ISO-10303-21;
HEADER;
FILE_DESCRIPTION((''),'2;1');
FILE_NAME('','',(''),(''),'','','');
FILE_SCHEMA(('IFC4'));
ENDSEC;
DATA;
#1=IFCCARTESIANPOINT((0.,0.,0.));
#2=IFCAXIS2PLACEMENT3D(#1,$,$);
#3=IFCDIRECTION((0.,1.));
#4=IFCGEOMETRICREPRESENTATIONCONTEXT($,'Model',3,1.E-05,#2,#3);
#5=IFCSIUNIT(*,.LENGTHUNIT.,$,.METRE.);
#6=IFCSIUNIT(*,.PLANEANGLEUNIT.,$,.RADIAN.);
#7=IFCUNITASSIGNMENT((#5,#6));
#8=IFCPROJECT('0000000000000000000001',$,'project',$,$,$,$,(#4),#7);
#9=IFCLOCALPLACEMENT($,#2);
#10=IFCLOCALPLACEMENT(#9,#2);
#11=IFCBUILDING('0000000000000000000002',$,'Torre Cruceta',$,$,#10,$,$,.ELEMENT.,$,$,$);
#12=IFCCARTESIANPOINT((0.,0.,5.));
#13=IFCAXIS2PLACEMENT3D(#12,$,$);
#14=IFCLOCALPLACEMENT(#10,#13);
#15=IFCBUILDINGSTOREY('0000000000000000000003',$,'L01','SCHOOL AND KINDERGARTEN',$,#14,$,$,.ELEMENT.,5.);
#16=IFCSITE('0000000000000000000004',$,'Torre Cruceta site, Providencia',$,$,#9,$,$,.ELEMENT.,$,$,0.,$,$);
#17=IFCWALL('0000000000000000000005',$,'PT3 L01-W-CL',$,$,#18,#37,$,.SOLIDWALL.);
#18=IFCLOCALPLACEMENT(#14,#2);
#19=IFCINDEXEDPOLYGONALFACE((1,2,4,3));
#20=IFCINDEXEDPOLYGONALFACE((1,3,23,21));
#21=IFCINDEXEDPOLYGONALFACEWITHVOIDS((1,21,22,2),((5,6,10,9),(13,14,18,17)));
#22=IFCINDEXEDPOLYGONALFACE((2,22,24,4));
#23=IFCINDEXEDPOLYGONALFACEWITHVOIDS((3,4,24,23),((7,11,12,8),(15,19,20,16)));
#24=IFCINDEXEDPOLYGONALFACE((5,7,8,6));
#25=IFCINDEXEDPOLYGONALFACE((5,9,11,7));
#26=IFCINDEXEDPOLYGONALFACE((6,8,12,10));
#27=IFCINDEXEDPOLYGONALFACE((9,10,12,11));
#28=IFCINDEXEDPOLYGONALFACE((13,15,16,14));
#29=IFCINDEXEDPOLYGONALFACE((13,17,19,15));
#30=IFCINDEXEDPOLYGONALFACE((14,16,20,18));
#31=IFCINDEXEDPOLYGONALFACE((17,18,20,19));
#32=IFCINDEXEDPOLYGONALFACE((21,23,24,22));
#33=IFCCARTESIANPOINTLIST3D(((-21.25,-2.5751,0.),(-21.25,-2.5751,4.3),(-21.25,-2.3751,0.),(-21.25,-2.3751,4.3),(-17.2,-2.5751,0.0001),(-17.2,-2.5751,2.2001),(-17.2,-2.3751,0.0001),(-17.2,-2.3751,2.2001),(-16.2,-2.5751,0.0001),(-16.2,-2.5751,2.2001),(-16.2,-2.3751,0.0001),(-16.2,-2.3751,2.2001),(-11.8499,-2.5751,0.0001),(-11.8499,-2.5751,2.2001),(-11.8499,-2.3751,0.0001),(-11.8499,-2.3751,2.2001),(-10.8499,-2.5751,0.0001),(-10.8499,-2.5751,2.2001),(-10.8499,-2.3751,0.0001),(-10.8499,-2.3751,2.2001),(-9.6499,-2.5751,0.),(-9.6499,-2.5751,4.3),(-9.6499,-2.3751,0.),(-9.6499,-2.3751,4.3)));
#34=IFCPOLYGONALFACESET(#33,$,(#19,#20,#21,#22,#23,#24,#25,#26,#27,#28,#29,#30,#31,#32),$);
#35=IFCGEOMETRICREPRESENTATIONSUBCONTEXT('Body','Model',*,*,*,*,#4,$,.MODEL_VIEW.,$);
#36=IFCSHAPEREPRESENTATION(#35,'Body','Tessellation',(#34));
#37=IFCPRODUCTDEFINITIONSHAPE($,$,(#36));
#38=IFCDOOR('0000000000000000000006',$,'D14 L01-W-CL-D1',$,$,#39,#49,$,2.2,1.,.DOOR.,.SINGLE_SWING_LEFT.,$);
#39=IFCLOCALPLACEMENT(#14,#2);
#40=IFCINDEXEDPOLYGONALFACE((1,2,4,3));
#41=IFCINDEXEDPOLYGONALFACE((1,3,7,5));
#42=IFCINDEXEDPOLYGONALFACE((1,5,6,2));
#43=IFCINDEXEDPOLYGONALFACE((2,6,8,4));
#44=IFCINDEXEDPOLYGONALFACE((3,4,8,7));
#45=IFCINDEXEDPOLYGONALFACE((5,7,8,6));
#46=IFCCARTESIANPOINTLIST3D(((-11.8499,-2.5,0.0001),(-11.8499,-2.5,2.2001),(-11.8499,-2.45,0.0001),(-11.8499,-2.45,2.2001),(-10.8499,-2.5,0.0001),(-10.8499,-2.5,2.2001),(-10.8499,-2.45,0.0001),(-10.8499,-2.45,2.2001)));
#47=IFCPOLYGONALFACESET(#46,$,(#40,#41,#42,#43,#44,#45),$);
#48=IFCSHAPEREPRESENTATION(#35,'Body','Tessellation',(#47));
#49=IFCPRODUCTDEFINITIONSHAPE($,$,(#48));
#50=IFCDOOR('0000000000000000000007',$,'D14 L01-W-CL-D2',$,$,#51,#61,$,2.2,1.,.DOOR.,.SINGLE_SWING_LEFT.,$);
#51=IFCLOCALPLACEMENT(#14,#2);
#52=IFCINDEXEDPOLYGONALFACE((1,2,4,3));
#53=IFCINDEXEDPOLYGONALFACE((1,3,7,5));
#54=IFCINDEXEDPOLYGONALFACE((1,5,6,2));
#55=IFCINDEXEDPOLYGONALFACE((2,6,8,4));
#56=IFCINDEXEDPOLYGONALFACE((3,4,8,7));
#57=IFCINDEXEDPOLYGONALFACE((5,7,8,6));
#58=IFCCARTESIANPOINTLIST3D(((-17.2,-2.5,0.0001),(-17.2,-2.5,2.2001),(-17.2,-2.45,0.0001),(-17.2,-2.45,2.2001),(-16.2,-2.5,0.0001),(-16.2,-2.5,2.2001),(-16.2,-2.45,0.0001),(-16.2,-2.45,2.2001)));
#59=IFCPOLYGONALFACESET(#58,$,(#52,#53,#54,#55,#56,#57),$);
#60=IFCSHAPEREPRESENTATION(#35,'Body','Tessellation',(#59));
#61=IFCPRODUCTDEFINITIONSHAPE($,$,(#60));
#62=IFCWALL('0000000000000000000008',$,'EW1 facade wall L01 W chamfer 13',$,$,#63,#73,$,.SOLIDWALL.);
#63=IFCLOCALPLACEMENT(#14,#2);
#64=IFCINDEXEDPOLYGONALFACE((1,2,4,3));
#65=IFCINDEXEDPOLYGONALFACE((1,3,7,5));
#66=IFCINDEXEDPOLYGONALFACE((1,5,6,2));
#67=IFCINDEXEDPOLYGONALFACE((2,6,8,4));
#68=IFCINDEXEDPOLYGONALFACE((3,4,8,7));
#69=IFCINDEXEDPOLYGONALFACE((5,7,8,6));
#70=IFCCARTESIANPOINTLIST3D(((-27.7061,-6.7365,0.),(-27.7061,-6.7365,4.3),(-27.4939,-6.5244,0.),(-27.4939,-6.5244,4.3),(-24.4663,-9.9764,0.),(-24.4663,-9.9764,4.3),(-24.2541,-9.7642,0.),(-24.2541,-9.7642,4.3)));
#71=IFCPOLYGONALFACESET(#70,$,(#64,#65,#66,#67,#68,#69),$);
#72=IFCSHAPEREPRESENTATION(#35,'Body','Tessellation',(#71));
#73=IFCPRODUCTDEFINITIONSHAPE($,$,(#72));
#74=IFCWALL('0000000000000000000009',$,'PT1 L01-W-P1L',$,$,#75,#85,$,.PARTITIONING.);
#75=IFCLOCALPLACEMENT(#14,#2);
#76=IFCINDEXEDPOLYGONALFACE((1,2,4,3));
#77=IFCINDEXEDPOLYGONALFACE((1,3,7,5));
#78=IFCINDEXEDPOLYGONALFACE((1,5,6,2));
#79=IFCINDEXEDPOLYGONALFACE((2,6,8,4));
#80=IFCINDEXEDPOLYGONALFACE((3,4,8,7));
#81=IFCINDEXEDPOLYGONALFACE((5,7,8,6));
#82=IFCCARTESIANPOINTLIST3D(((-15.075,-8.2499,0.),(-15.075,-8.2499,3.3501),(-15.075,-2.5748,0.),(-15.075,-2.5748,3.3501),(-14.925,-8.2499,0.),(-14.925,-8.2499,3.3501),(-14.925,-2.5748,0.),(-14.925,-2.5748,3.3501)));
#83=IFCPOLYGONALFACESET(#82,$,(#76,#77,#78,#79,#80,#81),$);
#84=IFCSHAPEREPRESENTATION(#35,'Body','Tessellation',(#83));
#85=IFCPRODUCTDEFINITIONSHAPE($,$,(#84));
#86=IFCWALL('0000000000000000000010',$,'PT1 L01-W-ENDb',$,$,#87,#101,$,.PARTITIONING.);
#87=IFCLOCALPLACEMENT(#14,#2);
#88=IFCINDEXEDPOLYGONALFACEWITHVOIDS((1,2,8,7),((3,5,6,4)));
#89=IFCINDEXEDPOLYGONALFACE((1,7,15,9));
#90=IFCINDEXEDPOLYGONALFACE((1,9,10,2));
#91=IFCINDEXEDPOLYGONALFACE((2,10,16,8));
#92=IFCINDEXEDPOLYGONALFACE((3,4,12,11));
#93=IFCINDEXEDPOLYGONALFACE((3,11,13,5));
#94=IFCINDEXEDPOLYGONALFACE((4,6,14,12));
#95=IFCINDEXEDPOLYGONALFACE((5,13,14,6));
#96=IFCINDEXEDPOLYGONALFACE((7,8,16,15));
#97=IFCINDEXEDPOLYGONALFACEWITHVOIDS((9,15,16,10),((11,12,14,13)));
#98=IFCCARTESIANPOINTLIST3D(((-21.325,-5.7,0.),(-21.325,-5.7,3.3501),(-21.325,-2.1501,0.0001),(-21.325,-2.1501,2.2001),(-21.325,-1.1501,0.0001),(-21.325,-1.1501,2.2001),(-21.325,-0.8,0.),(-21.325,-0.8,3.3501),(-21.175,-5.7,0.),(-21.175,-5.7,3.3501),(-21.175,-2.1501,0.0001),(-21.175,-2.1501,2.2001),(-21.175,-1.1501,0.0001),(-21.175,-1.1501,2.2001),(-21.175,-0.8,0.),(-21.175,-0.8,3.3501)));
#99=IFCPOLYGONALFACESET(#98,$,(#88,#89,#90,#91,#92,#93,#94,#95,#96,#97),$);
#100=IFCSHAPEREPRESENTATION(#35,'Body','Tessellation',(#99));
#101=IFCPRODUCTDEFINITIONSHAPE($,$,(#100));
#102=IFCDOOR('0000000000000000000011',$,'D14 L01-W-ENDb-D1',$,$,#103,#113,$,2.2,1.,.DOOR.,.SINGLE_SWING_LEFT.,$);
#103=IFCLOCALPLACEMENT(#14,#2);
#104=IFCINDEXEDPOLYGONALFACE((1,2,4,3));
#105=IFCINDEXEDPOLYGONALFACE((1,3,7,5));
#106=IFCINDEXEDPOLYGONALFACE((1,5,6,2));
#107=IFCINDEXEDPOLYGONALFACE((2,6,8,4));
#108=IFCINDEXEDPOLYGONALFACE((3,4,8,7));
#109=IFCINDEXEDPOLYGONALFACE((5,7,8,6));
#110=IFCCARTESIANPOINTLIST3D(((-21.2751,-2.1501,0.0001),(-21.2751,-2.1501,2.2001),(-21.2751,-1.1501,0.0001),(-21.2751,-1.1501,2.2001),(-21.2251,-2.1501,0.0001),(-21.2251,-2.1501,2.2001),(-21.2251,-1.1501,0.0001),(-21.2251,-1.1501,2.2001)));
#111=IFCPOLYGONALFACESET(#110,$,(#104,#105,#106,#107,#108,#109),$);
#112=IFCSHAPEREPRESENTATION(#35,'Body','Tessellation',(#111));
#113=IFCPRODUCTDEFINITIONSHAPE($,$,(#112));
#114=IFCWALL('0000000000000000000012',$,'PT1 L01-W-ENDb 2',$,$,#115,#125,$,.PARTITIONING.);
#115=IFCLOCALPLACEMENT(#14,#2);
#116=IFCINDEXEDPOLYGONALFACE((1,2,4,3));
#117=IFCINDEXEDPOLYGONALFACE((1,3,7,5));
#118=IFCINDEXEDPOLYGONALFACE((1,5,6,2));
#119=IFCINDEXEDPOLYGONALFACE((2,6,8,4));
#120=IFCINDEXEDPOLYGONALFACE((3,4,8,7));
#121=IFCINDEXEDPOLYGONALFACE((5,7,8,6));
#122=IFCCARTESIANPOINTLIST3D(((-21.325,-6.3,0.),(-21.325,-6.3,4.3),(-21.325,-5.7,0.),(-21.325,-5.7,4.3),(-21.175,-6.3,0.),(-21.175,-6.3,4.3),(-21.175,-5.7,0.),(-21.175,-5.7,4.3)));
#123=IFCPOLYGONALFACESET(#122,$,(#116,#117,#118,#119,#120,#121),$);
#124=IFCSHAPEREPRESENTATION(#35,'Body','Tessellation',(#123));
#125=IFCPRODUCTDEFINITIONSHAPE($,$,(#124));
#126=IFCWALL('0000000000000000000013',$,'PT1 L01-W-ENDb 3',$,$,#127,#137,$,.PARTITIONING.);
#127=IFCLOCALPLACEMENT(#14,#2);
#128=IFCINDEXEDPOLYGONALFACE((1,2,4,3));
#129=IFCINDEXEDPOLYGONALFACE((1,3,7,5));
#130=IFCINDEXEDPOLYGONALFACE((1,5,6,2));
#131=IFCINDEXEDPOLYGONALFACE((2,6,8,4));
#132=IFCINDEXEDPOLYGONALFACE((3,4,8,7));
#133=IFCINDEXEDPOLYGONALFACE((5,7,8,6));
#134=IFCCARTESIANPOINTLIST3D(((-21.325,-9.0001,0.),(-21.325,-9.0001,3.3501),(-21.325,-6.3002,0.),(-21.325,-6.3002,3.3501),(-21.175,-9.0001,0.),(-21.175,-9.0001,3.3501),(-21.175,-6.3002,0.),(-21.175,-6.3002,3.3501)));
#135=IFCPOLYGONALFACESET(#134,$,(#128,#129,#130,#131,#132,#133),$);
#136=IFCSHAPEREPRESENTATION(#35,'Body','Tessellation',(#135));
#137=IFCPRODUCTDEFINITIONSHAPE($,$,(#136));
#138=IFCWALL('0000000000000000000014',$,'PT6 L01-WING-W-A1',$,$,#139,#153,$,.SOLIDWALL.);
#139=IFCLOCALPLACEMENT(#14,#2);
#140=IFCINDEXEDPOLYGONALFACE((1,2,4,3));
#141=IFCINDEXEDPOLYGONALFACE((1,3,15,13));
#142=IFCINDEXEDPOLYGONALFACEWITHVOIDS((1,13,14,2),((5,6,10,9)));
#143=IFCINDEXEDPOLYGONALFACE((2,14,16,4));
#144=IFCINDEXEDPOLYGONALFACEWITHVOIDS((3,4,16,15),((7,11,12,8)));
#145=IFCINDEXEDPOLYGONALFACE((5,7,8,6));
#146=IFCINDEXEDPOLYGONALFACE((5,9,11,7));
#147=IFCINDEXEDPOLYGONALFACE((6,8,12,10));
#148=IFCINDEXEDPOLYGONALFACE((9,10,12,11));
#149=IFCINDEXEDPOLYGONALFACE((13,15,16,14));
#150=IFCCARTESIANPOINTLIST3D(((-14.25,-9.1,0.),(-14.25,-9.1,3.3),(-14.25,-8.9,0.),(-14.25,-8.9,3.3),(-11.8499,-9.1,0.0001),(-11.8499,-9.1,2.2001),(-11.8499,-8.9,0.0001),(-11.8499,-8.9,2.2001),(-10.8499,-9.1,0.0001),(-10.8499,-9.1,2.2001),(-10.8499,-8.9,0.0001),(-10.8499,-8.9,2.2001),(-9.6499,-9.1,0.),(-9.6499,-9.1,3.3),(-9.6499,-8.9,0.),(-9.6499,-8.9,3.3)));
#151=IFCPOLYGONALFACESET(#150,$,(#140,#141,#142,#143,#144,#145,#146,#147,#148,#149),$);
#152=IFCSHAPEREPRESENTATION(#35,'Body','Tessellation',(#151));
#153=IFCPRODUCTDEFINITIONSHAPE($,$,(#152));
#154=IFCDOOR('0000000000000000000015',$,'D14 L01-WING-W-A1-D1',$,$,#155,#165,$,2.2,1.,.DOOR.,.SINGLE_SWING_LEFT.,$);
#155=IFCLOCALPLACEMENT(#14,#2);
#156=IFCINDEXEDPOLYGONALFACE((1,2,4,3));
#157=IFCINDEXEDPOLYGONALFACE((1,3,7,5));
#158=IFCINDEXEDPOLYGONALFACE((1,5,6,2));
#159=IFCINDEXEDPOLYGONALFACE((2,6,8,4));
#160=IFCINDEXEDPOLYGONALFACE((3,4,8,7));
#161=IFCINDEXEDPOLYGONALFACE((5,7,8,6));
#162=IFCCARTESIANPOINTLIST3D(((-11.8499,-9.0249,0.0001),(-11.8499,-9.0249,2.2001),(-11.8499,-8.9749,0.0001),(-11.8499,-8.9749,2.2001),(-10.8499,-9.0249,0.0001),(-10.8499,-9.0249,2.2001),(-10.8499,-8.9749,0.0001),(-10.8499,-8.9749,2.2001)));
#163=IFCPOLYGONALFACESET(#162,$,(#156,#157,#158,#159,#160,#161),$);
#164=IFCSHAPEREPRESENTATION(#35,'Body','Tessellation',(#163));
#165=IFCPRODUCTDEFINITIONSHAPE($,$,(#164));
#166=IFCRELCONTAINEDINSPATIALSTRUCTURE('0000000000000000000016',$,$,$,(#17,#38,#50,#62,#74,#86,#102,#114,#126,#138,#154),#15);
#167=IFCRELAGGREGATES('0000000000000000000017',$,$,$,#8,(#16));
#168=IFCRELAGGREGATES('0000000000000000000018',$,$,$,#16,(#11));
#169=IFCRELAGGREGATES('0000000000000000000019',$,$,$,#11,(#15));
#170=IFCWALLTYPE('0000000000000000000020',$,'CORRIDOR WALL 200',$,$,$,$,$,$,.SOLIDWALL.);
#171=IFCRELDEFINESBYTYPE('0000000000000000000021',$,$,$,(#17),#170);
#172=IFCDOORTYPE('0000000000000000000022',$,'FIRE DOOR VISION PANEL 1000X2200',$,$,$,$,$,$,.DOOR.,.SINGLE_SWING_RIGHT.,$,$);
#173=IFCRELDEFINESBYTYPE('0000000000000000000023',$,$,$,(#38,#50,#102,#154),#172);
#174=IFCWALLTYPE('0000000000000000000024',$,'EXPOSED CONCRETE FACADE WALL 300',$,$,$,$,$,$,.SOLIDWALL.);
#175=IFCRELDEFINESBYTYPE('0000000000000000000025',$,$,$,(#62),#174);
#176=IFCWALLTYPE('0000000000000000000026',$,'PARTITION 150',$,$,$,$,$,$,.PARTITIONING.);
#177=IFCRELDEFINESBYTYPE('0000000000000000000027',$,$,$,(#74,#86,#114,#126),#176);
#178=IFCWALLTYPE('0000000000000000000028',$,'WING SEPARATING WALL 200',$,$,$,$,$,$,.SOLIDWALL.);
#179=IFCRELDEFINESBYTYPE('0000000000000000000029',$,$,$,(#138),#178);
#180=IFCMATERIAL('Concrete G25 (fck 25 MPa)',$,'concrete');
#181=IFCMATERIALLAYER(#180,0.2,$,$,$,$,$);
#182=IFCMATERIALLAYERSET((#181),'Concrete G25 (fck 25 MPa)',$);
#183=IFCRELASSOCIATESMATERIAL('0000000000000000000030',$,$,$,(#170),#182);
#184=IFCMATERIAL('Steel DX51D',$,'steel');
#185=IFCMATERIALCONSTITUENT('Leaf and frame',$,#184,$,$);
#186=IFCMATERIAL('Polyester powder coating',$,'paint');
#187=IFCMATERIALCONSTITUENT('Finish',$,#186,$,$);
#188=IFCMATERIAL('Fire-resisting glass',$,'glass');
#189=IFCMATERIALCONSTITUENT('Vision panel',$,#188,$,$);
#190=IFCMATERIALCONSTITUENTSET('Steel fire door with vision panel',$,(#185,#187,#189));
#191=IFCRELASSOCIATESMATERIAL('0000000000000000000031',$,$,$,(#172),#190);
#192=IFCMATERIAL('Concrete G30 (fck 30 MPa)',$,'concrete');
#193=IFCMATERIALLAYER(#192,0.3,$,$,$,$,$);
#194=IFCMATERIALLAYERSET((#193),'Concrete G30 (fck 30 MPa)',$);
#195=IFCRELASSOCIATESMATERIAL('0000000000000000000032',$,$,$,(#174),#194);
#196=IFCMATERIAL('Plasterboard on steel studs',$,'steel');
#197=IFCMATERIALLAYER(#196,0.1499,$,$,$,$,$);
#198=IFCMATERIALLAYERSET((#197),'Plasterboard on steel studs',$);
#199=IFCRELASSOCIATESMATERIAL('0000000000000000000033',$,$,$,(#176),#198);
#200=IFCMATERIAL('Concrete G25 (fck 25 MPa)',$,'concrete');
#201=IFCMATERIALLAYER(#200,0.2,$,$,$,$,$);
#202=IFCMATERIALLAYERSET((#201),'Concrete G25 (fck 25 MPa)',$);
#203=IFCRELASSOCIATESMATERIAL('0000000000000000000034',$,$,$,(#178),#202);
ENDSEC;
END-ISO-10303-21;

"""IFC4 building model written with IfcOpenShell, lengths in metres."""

from ifc_helpers import new_model, si_unit, direction, frame, frame_2d, origin, place, context, subcontext, project, spatial, rectangle, extrude, material, layer, layer_set, constituent, constituent_set, type_object, element, fill, save


model = new_model("IFC4")

# Units and contexts
model_context = context("Model", 3, precision=1e-05, world=origin(), true_north=direction((0.0, 1.0)))
body_context = subcontext(model_context, "Body", "Model", "MODEL_VIEW")
ifc_project = project(units=[si_unit("LENGTHUNIT", "METRE"), si_unit("PLANEANGLEUNIT", "RADIAN")], contexts=[model_context])

# Site, building, storey
site_placement = place(None, origin())
site = spatial("IfcSite", under=ifc_project, at=site_placement, Name="Torre Cruceta site, Providencia", CompositionType="ELEMENT", RefElevation=0.0)
building_placement = place(site_placement, origin())
building = spatial("IfcBuilding", under=site, at=building_placement, Name="Torre Cruceta", CompositionType="ELEMENT")
storey_placement = place(building_placement, frame((0.0, 0.0, 5.0)))
storey = spatial("IfcBuildingStorey", under=building, at=storey_placement, Name="L01", Description="SCHOOL AND KINDERGARTEN", CompositionType="ELEMENT", Elevation=5.0)

# Wall, openings, doors
ifc_material_1 = material(Name="Concrete G25 (fck 25 MPa)", Category="concrete")
ifc_layer_1 = layer(ifc_material_1, 0.2)
ifc_layer_set_1 = layer_set([ifc_layer_1], Name="Concrete G25 (fck 25 MPa)")
wall_type_1 = type_object("IfcWallType", Name="CORRIDOR WALL 200", PredefinedType="SOLIDWALL", material=ifc_layer_set_1)
wall_1_placement = place(storey_placement, frame((-9.6499, -2.4751, 0.0), z_axis=(0.0, 0.0, 1.0), x_axis=(-1.0, 0.0, 0.0)))
wall_1 = element("IfcWall", 1, at=wall_1_placement, inside=storey, type_object=wall_type_1, Name="PT3 L01-W-CL", PredefinedType="SOLIDWALL", context=body_context, shape_type="SweptSolid", body=[
    extrude(rectangle(XDim=11.6001, YDim=0.2, at=frame_2d((5.8, 0.0))), origin(), (0.0, 0.0, 1.0), 4.3),
])
opening_1_placement = place(wall_1_placement, frame((1.2, 0.0, 0.0)))
opening_1 = element("IfcOpeningElement", 2, at=opening_1_placement, cuts=wall_1, PredefinedType="OPENING", context=body_context, shape_type="SweptSolid", body=[
    extrude(rectangle(XDim=1.0, YDim=2.2, at=frame_2d((0.5, 1.1001))), frame((0.0, 0.1099, 0.0), z_axis=(0.0, -1.0, 0.0), x_axis=(1.0, 0.0, 0.0)), (0.0, 0.0, 1.0), 0.22),
])
opening_2_placement = place(wall_1_placement, frame((6.55, 0.0, 0.0)))
opening_2 = element("IfcOpeningElement", 3, at=opening_2_placement, cuts=wall_1, PredefinedType="OPENING", context=body_context, shape_type="SweptSolid", body=[
    extrude(rectangle(XDim=1.0, YDim=2.2, at=frame_2d((0.5, 1.1001))), frame((0.0, 0.1099, 0.0), z_axis=(0.0, -1.0, 0.0), x_axis=(1.0, 0.0, 0.0)), (0.0, 0.0, 1.0), 0.22),
])
ifc_material_2 = material(Name="Steel DX51D", Category="steel")
ifc_constituent_1 = constituent(ifc_material_2, Name="Leaf and frame")
ifc_material_3 = material(Name="Polyester powder coating", Category="paint")
ifc_constituent_2 = constituent(ifc_material_3, Name="Finish")
ifc_material_4 = material(Name="Fire-resisting glass", Category="glass")
ifc_constituent_3 = constituent(ifc_material_4, Name="Vision panel")
ifc_constituent_set = constituent_set(constituents=[ifc_constituent_1, ifc_constituent_2, ifc_constituent_3], Name="Steel fire door with vision panel")
door_type = type_object("IfcDoorType", Name="FIRE DOOR VISION PANEL 1000X2200", OperationType="SINGLE_SWING_RIGHT", PredefinedType="DOOR", material=ifc_constituent_set)
door_1_placement = place(opening_1_placement, origin())
door_1 = element("IfcDoor", 4, at=door_1_placement, inside=storey, type_object=door_type, Name="D14 L01-W-CL-D1", OperationType="SINGLE_SWING_LEFT", OverallHeight=2.2, OverallWidth=1.0, PredefinedType="DOOR", context=body_context, shape_type="SweptSolid", body=[
    extrude(rectangle(XDim=1.0, YDim=2.2, at=frame_2d((0.5, 1.1001))), frame((0.0, 0.0249, 0.0), z_axis=(0.0, -1.0, 0.0), x_axis=(1.0, 0.0, 0.0)), (0.0, 0.0, 1.0), 0.05),
])
fill(opening_1, door_1)
door_2_placement = place(opening_2_placement, origin())
door_2 = element("IfcDoor", 5, at=door_2_placement, inside=storey, type_object=door_type, Name="D14 L01-W-CL-D2", OperationType="SINGLE_SWING_LEFT", OverallHeight=2.2, OverallWidth=1.0, PredefinedType="DOOR", context=body_context, shape_type="SweptSolid", body=[
    extrude(rectangle(XDim=1.0, YDim=2.2, at=frame_2d((0.5, 1.1001))), frame((0.0, 0.0249, 0.0), z_axis=(0.0, -1.0, 0.0), x_axis=(1.0, 0.0, 0.0)), (0.0, 0.0, 1.0), 0.05),
])
fill(opening_2, door_2)

# Walls
ifc_material_5 = material(Name="Concrete G30 (fck 30 MPa)", Category="concrete")
ifc_layer_2 = layer(ifc_material_5, 0.3)
ifc_layer_set_2 = layer_set([ifc_layer_2], Name="Concrete G30 (fck 30 MPa)")
wall_type_2 = type_object("IfcWallType", Name="EXPOSED CONCRETE FACADE WALL 300", PredefinedType="SOLIDWALL", material=ifc_layer_set_2)
wall_2_placement = place(storey_placement, frame((-27.6001, -6.6304, 0.0), z_axis=(0.0, 0.0, 1.0), x_axis=(0.707107, -0.707107, 0.0)))
element("IfcWall", 6, at=wall_2_placement, inside=storey, type_object=wall_type_2, Name="EW1 facade wall L01 W chamfer 13", PredefinedType="SOLIDWALL", context=body_context, shape_type="SweptSolid", body=[
    extrude(rectangle(XDim=4.5818, YDim=0.3, at=frame_2d((2.291, 0.0))), origin(), (0.0, 0.0, 1.0), 4.3),
])
ifc_material_6 = material(Name="Plasterboard on steel studs", Category="steel")
ifc_layer_3 = layer(ifc_material_6, 0.1499)
ifc_layer_set_3 = layer_set([ifc_layer_3], Name="Plasterboard on steel studs")
wall_type_3 = type_object("IfcWallType", Name="PARTITION 150", PredefinedType="PARTITIONING", material=ifc_layer_set_3)
wall_3_placement = place(storey_placement, frame((-15.0, -2.575, 0.0), z_axis=(0.0, 0.0, 1.0), x_axis=(0.0, -1.0, 0.0)))
element("IfcWall", 7, at=wall_3_placement, inside=storey, type_object=wall_type_3, Name="PT1 L01-W-P1L", PredefinedType="PARTITIONING", context=body_context, shape_type="SweptSolid", body=[
    extrude(rectangle(XDim=5.675, YDim=0.1499, at=frame_2d((2.8374, 0.0))), origin(), (0.0, 0.0, 1.0), 3.3501),
])

# Wall, opening, door
wall_4_placement = place(storey_placement, frame((-21.25, -0.8, 0.0), z_axis=(0.0, 0.0, 1.0), x_axis=(0.0, -1.0, 0.0)))
wall_4 = element("IfcWall", 8, at=wall_4_placement, inside=storey, type_object=wall_type_3, Name="PT1 L01-W-ENDb", PredefinedType="PARTITIONING", context=body_context, shape_type="SweptSolid", body=[
    extrude(rectangle(XDim=4.8999, YDim=0.1499, at=frame_2d((2.45, 0.0))), origin(), (0.0, 0.0, 1.0), 3.3501),
])
opening_3_placement = place(wall_4_placement, frame((0.3501, 0.0, 0.0)))
opening_3 = element("IfcOpeningElement", 9, at=opening_3_placement, cuts=wall_4, PredefinedType="OPENING", context=body_context, shape_type="SweptSolid", body=[
    extrude(rectangle(XDim=1.0, YDim=2.2, at=frame_2d((0.5, 1.1001))), frame((0.0, 0.085, 0.0), z_axis=(0.0, -1.0, 0.0), x_axis=(1.0, 0.0, 0.0)), (0.0, 0.0, 1.0), 0.1699),
])
door_3_placement = place(opening_3_placement, frame((1.0, 0.0, 0.0), z_axis=(0.0, 0.0, 1.0), x_axis=(-1.0, 0.0, 0.0)))
door_3 = element("IfcDoor", 10, at=door_3_placement, inside=storey, type_object=door_type, Name="D14 L01-W-ENDb-D1", OperationType="SINGLE_SWING_LEFT", OverallHeight=2.2, OverallWidth=1.0, PredefinedType="DOOR", context=body_context, shape_type="SweptSolid", body=[
    extrude(rectangle(XDim=1.0, YDim=2.2, at=frame_2d((0.5, 1.1001))), frame((0.0, 0.0251, 0.0), z_axis=(0.0, -1.0, 0.0), x_axis=(1.0, 0.0, 0.0)), (0.0, 0.0, 1.0), 0.05),
])
fill(opening_3, door_3)

# Walls
wall_5_placement = place(storey_placement, frame((-21.25, -5.7, 0.0), z_axis=(0.0, 0.0, 1.0), x_axis=(0.0, -1.0, 0.0)))
element("IfcWall", 11, at=wall_5_placement, inside=storey, type_object=wall_type_3, Name="PT1 L01-W-ENDb 2", PredefinedType="PARTITIONING", context=body_context, shape_type="SweptSolid", body=[
    extrude(rectangle(XDim=0.6001, YDim=0.1499, at=frame_2d((0.3, 0.0))), origin(), (0.0, 0.0, 1.0), 4.3),
])
wall_6_placement = place(storey_placement, frame((-21.25, -6.3, 0.0), z_axis=(0.0, 0.0, 1.0), x_axis=(0.0, -1.0, 0.0)))
element("IfcWall", 12, at=wall_6_placement, inside=storey, type_object=wall_type_3, Name="PT1 L01-W-ENDb 3", PredefinedType="PARTITIONING", context=body_context, shape_type="SweptSolid", body=[
    extrude(rectangle(XDim=2.7, YDim=0.1499, at=frame_2d((1.3501, 0.0))), origin(), (0.0, 0.0, 1.0), 3.3501),
])

# Wall, opening, door
ifc_material_7 = material(Name="Concrete G25 (fck 25 MPa)", Category="concrete")
ifc_layer_4 = layer(ifc_material_7, 0.2)
ifc_layer_set_4 = layer_set([ifc_layer_4], Name="Concrete G25 (fck 25 MPa)")
wall_type_4 = type_object("IfcWallType", Name="WING SEPARATING WALL 200", PredefinedType="SOLIDWALL", material=ifc_layer_set_4)
wall_7_placement = place(storey_placement, frame((-9.6499, -9.0, 0.0), z_axis=(0.0, 0.0, 1.0), x_axis=(-1.0, 0.0, 0.0)))
wall_7 = element("IfcWall", 13, at=wall_7_placement, inside=storey, type_object=wall_type_4, Name="PT6 L01-WING-W-A1", PredefinedType="SOLIDWALL", context=body_context, shape_type="SweptSolid", body=[
    extrude(rectangle(XDim=4.6001, YDim=0.2, at=frame_2d((2.3, 0.0))), origin(), (0.0, 0.0, 1.0), 3.3),
])
opening_4_placement = place(wall_7_placement, frame((1.2, 0.0, 0.0)))
opening_4 = element("IfcOpeningElement", 14, at=opening_4_placement, cuts=wall_7, PredefinedType="OPENING", context=body_context, shape_type="SweptSolid", body=[
    extrude(rectangle(XDim=1.0, YDim=2.2, at=frame_2d((0.5, 1.1001))), frame((0.0, 0.1099, 0.0), z_axis=(0.0, -1.0, 0.0), x_axis=(1.0, 0.0, 0.0)), (0.0, 0.0, 1.0), 0.22),
])
door_4_placement = place(opening_4_placement, origin())
door_4 = element("IfcDoor", 15, at=door_4_placement, inside=storey, type_object=door_type, Name="D14 L01-WING-W-A1-D1", OperationType="SINGLE_SWING_LEFT", OverallHeight=2.2, OverallWidth=1.0, PredefinedType="DOOR", context=body_context, shape_type="SweptSolid", body=[
    extrude(rectangle(XDim=1.0, YDim=2.2, at=frame_2d((0.5, 1.1001))), frame((0.0, 0.0249, 0.0), z_axis=(0.0, -1.0, 0.0), x_axis=(1.0, 0.0, 0.0)), (0.0, 0.0, 1.0), 0.05),
])
fill(opening_4, door_4)

save(model, "model.ifc")
